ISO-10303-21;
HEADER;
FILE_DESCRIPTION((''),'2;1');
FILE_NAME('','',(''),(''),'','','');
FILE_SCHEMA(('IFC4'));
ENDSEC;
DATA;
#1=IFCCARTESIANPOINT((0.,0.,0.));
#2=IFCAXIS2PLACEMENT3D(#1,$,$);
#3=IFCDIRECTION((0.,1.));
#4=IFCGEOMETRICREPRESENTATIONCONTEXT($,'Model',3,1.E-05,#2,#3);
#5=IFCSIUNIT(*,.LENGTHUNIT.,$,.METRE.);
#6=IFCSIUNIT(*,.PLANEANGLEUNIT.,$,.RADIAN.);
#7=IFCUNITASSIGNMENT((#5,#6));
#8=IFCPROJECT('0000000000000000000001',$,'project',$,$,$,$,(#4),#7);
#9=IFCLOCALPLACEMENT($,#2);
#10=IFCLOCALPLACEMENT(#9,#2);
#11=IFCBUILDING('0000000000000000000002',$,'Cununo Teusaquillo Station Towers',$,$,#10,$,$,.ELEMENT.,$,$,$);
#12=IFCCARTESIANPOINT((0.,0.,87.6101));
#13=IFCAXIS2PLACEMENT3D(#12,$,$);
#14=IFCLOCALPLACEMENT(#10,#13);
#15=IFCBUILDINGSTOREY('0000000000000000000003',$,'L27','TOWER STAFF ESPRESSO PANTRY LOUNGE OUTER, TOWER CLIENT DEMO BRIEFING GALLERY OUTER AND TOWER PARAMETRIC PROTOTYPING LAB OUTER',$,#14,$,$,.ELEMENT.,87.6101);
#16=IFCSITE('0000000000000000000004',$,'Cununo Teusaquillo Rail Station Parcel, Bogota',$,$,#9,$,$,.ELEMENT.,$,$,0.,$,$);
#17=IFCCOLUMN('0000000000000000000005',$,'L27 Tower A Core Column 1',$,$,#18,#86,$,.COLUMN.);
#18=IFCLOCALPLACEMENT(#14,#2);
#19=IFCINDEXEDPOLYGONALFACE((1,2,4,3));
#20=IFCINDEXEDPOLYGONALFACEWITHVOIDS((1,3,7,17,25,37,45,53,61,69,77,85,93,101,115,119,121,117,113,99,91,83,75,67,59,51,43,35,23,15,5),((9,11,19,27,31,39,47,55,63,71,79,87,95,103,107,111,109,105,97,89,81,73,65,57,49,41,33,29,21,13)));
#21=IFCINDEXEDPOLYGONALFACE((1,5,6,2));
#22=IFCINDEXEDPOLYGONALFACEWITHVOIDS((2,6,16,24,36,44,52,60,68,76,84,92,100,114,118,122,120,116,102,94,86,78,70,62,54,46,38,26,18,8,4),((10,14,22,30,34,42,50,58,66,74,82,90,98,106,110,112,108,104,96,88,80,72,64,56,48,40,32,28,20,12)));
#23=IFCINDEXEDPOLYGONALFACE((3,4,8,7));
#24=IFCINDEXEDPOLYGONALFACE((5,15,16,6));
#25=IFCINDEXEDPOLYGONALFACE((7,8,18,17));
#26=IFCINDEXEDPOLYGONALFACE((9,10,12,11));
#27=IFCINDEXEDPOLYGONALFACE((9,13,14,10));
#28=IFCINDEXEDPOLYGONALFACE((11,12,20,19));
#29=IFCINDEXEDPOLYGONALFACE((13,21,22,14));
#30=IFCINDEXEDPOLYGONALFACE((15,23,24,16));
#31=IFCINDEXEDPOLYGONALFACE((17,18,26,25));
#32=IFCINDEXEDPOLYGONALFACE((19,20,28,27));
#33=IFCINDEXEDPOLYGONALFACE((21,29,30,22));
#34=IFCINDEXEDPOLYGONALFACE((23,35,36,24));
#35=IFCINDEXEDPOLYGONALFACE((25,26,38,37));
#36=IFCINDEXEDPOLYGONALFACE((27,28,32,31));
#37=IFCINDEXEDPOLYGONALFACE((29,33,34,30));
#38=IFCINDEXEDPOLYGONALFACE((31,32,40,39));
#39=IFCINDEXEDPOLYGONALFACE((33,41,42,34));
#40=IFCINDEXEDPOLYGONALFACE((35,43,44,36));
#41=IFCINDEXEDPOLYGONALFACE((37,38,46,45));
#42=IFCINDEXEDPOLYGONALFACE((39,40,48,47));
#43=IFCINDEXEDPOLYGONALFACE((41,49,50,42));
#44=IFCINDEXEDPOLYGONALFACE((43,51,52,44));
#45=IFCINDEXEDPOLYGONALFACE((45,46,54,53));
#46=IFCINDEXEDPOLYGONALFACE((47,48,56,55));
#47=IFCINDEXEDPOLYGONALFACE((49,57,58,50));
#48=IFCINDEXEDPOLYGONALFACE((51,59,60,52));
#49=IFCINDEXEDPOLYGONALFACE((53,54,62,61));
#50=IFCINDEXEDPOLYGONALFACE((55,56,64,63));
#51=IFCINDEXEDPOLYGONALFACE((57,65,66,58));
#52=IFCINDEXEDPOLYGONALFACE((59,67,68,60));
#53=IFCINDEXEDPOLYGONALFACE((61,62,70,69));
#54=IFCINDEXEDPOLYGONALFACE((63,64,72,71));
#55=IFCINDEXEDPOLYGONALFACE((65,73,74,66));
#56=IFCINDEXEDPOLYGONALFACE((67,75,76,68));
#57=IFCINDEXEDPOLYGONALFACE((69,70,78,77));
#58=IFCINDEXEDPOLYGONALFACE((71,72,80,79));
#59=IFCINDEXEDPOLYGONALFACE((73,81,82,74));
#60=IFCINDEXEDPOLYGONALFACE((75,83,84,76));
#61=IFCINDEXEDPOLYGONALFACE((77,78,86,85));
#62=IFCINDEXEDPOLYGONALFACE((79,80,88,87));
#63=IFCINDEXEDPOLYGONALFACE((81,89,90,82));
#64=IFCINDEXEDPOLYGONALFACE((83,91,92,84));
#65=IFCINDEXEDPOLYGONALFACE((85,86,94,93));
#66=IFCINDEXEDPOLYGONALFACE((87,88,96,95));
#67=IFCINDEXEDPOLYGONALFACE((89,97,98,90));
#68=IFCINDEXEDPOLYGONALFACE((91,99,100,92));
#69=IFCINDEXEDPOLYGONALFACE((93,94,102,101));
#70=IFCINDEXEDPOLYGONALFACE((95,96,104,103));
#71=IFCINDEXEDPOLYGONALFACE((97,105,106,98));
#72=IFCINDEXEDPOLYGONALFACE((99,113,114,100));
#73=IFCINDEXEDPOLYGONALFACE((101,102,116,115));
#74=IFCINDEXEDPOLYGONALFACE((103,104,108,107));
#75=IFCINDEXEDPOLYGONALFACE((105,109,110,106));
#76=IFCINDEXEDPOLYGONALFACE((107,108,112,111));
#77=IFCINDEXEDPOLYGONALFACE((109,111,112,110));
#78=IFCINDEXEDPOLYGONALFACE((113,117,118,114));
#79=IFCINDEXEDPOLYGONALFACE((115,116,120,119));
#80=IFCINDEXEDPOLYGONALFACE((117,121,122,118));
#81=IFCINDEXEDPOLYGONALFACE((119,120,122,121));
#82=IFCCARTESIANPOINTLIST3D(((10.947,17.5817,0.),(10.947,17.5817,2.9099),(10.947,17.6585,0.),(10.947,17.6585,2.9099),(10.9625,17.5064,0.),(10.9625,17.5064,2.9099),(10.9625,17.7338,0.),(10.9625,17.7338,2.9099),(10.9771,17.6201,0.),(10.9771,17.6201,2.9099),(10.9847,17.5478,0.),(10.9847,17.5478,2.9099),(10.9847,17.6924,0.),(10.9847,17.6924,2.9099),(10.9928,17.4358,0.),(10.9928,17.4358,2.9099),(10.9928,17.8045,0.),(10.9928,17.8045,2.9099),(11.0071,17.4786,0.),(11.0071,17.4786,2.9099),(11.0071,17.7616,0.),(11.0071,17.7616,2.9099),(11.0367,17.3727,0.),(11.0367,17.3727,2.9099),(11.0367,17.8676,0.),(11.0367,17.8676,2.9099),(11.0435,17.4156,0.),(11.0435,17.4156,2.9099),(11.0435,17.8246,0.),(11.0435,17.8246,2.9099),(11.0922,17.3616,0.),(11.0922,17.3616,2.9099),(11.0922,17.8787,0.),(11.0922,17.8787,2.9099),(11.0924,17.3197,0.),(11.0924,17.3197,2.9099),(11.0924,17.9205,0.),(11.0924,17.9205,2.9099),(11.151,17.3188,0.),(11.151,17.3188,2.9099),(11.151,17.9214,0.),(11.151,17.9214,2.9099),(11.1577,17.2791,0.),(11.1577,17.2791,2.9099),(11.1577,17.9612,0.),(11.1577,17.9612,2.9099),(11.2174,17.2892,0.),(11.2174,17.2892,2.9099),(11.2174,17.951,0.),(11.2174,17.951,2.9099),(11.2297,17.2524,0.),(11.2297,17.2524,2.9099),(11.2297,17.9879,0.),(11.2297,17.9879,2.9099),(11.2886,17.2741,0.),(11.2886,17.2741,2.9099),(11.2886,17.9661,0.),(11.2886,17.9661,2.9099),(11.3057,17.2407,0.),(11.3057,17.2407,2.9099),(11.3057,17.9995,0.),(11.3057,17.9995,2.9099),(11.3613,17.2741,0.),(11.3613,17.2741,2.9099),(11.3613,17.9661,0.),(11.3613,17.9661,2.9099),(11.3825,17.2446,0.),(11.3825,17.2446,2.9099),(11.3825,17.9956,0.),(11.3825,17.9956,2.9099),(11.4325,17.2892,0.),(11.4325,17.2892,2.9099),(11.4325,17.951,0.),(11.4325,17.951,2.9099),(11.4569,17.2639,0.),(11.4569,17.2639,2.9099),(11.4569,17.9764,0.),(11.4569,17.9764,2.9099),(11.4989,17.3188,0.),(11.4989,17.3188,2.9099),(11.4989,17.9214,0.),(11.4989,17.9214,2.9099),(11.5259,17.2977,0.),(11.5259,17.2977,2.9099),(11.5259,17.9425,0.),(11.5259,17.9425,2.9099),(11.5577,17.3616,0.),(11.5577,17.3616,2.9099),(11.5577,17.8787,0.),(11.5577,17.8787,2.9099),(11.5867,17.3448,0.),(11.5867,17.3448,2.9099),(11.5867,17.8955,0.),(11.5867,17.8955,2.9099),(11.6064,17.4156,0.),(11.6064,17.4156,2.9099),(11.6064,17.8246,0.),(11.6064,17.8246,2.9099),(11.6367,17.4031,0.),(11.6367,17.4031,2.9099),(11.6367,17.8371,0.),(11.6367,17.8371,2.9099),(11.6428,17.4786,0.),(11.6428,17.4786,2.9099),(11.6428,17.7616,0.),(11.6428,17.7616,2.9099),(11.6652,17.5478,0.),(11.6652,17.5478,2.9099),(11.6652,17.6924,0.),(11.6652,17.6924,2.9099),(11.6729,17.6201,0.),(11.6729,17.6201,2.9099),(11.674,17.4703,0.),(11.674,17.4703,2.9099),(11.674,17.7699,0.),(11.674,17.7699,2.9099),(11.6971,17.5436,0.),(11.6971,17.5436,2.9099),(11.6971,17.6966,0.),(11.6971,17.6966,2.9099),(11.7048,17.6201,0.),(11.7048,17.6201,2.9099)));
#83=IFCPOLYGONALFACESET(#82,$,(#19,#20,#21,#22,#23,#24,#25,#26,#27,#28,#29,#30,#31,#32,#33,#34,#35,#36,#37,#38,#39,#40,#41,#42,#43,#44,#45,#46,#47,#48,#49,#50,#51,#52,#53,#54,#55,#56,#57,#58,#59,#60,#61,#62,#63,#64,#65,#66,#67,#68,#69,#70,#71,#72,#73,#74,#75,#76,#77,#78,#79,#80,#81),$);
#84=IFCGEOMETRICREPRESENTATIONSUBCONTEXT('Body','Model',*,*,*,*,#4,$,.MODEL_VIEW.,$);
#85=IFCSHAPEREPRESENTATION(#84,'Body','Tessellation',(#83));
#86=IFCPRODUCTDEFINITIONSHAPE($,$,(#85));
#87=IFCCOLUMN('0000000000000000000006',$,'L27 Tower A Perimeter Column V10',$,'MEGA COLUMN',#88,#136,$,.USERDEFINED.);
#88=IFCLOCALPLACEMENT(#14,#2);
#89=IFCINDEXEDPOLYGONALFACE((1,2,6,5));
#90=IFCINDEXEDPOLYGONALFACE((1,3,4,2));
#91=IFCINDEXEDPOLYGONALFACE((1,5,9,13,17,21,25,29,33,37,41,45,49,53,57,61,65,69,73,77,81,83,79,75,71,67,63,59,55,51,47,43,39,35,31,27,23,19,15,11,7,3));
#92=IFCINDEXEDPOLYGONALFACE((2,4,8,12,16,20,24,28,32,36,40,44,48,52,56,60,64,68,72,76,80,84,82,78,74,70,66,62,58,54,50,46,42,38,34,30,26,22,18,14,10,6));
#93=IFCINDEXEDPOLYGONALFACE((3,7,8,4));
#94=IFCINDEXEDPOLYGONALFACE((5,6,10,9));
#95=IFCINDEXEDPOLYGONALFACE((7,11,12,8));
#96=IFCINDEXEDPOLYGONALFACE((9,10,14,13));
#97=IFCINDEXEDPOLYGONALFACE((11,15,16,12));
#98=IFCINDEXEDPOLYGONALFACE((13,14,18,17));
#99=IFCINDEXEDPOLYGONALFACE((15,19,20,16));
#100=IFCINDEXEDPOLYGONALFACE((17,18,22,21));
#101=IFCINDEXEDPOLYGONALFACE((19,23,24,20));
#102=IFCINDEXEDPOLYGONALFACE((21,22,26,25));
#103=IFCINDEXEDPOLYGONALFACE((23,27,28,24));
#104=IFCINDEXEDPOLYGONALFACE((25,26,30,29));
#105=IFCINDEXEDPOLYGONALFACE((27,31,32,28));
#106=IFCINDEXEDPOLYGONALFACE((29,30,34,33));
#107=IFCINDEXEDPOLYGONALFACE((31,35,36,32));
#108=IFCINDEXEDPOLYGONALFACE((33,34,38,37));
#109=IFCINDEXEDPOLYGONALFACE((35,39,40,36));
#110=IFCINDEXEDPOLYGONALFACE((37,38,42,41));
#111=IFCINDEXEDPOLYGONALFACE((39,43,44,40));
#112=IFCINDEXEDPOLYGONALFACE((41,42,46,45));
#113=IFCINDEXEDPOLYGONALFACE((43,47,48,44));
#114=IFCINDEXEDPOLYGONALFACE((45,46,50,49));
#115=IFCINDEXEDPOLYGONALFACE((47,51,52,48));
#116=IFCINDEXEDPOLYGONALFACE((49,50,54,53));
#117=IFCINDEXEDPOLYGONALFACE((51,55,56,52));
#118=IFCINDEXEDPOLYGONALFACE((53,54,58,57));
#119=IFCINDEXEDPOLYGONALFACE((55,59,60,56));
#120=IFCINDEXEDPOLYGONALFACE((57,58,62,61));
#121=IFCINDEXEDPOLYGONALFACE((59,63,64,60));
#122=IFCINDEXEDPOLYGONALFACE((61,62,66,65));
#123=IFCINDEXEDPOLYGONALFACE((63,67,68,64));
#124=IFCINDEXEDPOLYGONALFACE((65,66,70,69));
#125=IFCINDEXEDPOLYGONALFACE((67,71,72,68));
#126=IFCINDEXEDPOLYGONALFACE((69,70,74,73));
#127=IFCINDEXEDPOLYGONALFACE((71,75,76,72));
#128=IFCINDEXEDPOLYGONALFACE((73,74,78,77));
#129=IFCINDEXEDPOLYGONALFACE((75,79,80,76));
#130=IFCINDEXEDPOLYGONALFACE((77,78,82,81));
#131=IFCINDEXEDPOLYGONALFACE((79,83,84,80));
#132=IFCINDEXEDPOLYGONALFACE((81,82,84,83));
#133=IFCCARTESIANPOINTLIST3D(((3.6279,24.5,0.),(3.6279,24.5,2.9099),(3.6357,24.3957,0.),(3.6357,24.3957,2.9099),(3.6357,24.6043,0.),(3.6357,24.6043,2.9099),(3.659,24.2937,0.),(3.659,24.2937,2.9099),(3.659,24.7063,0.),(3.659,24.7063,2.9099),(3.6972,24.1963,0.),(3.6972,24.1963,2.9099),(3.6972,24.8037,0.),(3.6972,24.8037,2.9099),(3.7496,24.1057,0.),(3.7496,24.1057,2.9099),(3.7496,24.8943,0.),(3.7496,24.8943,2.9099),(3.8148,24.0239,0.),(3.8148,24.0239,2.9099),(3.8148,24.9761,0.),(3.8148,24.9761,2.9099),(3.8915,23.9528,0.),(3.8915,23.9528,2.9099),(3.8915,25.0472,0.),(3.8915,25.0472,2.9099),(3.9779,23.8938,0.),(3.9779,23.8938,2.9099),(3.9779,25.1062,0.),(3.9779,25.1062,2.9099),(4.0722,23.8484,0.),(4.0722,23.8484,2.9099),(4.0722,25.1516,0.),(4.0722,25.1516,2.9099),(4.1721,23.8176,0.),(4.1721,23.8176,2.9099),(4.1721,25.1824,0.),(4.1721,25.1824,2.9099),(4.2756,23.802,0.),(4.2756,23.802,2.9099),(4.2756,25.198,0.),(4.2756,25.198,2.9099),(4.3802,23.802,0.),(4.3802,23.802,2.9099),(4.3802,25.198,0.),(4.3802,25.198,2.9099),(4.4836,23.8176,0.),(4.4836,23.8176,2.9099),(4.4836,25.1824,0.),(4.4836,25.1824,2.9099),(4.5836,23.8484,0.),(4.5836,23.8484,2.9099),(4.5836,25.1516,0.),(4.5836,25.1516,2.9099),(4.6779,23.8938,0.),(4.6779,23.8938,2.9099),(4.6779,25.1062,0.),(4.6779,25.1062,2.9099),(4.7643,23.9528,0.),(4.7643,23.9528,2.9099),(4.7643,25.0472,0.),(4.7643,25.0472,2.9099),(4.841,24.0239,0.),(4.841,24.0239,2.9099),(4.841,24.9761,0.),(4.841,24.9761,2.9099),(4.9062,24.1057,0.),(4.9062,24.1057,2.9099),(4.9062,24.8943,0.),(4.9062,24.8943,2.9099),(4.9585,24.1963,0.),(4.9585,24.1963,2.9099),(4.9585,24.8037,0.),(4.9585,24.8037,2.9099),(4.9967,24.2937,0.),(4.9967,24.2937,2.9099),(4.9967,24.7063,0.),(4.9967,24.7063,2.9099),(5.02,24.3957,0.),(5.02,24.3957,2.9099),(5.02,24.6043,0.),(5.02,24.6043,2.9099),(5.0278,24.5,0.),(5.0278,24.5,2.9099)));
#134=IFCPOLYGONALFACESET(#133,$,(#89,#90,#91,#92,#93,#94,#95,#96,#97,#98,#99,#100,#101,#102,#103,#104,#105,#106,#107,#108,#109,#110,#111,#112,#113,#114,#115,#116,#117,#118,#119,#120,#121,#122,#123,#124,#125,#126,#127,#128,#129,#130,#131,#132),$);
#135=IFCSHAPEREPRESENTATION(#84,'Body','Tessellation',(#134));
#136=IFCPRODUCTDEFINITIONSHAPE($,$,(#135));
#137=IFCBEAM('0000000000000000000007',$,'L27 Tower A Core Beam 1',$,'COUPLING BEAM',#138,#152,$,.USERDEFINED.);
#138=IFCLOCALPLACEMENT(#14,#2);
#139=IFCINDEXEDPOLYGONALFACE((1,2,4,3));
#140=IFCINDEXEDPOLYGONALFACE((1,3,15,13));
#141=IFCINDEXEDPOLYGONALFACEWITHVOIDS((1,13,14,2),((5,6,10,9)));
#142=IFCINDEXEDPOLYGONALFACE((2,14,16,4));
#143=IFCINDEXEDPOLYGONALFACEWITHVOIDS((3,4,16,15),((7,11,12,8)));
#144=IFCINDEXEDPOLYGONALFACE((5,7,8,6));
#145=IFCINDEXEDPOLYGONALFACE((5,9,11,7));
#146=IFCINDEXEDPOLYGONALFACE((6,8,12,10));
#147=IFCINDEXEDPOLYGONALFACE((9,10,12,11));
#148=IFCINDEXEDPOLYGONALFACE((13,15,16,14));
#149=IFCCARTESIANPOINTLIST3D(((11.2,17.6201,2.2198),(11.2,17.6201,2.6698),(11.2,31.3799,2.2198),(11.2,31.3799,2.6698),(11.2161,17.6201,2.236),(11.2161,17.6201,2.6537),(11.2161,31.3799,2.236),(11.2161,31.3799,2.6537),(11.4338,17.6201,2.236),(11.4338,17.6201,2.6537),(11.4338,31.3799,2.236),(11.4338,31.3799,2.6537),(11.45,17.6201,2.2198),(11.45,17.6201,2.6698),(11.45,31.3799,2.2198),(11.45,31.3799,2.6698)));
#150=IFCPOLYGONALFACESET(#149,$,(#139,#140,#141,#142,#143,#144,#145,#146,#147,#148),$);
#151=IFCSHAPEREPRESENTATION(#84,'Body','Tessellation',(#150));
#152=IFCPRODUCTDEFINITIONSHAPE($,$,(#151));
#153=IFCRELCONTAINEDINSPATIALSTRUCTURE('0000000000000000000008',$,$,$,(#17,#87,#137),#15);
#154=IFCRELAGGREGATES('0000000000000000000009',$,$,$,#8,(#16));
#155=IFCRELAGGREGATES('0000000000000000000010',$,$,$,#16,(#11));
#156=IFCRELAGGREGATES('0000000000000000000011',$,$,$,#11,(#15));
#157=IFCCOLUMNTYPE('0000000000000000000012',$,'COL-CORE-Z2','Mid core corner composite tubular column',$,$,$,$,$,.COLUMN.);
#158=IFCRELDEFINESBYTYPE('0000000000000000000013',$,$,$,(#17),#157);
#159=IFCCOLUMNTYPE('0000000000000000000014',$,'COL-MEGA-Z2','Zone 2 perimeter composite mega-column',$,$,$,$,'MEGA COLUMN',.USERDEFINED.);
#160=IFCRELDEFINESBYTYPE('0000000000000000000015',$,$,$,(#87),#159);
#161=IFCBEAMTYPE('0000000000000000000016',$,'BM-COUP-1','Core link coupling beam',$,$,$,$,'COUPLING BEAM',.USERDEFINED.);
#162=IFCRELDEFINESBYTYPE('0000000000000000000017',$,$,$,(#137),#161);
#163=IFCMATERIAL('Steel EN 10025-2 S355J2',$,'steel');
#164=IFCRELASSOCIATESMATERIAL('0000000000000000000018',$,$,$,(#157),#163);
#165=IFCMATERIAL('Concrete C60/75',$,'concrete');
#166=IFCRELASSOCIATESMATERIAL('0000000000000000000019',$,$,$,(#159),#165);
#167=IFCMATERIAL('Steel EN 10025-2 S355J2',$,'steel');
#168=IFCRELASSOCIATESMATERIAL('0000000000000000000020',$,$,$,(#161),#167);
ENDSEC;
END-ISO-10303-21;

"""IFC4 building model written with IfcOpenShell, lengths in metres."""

from ifc_helpers import new_model, si_unit, direction, frame, origin, origin_2d, place, context, subcontext, project, spatial, hollow_rectangle, circle, hollow_circle, extrude, material, material_profile, profile_set, type_object, element, save


model = new_model("IFC4")

# Units and contexts
model_context = context("Model", 3, precision=1e-05, world=origin(), true_north=direction((0.0, 1.0)))
body_context = subcontext(model_context, "Body", "Model", "MODEL_VIEW")
ifc_project = project(units=[si_unit("LENGTHUNIT", "METRE"), si_unit("PLANEANGLEUNIT", "RADIAN")], contexts=[model_context])

# Site, building, storey
site_placement = place(None, origin())
site = spatial("IfcSite", under=ifc_project, at=site_placement, Name="Cununo Teusaquillo Rail Station Parcel, Bogota", CompositionType="ELEMENT", RefElevation=0.0)
building_placement = place(site_placement, origin())
building = spatial("IfcBuilding", under=site, at=building_placement, Name="Cununo Teusaquillo Station Towers", CompositionType="ELEMENT")
storey_placement = place(building_placement, frame((0.0, 0.0, 87.6101)))
storey = spatial("IfcBuildingStorey", under=building, at=storey_placement, Name="L27", Description="TOWER STAFF ESPRESSO PANTRY LOUNGE OUTER, TOWER CLIENT DEMO BRIEFING GALLERY OUTER AND TOWER PARAMETRIC PROTOTYPING LAB OUTER", CompositionType="ELEMENT", Elevation=87.6101)

# Columns
ifc_material_1 = material(Name="Steel EN 10025-2 S355J2", Category="steel")
ifc_material_profile_1 = material_profile(ifc_material_1, hollow_circle(Radius=0.3799, WallThickness=0.032, at=origin_2d()), Name="CHS 760x32")
ifc_profile_set_1 = profile_set([ifc_material_profile_1], Name="Steel EN 10025-2 S355J2")
column_type_1 = type_object("IfcColumnType", Name="COL-CORE-Z2", Description="Mid core corner composite tubular column", PredefinedType="COLUMN", material=ifc_profile_set_1)
column_1_placement = place(storey_placement, frame((11.325, 17.6201, 0.0), z_axis=(0.0, 0.0, 1.0), x_axis=(1.0, 0.0, 0.0)))
element("IfcColumn", 1, at=column_1_placement, inside=storey, type_object=column_type_1, Name="L27 Tower A Core Column 1", PredefinedType="COLUMN", context=body_context, shape_type="SweptSolid", body=[
    extrude(hollow_circle(Radius=0.3799, WallThickness=0.032, at=origin_2d()), origin(), (0.0, 0.0, 1.0), 2.9099),
])
ifc_material_2 = material(Name="Concrete C60/75", Category="concrete")
ifc_material_profile_2 = material_profile(ifc_material_2, circle(Radius=0.7, at=origin_2d()), Name="RC-CIRC-1400")
ifc_profile_set_2 = profile_set([ifc_material_profile_2], Name="Concrete C60/75")
column_type_2 = type_object("IfcColumnType", Name="COL-MEGA-Z2", Description="Zone 2 perimeter composite mega-column", ElementType="MEGA COLUMN", PredefinedType="USERDEFINED", material=ifc_profile_set_2)
column_2_placement = place(storey_placement, frame((4.3279, 24.5, 0.0), z_axis=(0.0, 0.0, 1.0), x_axis=(1.0, 0.0, 0.0)))
element("IfcColumn", 2, at=column_2_placement, inside=storey, type_object=column_type_2, Name="L27 Tower A Perimeter Column V10", ObjectType="MEGA COLUMN", PredefinedType="USERDEFINED", context=body_context, shape_type="SweptSolid", body=[
    extrude(circle(Radius=0.7, at=origin_2d()), origin(), (0.0, 0.0, 1.0), 2.9099),
])

# Beam
ifc_material_3 = material(Name="Steel EN 10025-2 S355J2", Category="steel")
ifc_material_profile_3 = material_profile(ifc_material_3, hollow_rectangle(XDim=0.25, YDim=0.45, WallThickness=0.0161, at=origin_2d()), Name="RHS 450x250x16")
ifc_profile_set_3 = profile_set([ifc_material_profile_3], Name="Steel EN 10025-2 S355J2")
beam_type_1 = type_object("IfcBeamType", Name="BM-COUP-1", Description="Core link coupling beam", ElementType="COUPLING BEAM", PredefinedType="USERDEFINED", material=ifc_profile_set_3)
beam_1_placement = place(storey_placement, frame((11.325, 17.6201, 2.4448), z_axis=(0.0, 1.0, 0.0), x_axis=(-1.0, 0.0, 0.0)))
element("IfcBeam", 3, at=beam_1_placement, inside=storey, type_object=beam_type_1, Name="L27 Tower A Core Beam 1", ObjectType="COUPLING BEAM", PredefinedType="USERDEFINED", context=body_context, shape_type="SweptSolid", body=[
    extrude(hollow_rectangle(XDim=0.25, YDim=0.45, WallThickness=0.0161, at=origin_2d()), origin(), (0.0, 0.0, 1.0), 13.7598),
])

save(model, "model.ifc")
